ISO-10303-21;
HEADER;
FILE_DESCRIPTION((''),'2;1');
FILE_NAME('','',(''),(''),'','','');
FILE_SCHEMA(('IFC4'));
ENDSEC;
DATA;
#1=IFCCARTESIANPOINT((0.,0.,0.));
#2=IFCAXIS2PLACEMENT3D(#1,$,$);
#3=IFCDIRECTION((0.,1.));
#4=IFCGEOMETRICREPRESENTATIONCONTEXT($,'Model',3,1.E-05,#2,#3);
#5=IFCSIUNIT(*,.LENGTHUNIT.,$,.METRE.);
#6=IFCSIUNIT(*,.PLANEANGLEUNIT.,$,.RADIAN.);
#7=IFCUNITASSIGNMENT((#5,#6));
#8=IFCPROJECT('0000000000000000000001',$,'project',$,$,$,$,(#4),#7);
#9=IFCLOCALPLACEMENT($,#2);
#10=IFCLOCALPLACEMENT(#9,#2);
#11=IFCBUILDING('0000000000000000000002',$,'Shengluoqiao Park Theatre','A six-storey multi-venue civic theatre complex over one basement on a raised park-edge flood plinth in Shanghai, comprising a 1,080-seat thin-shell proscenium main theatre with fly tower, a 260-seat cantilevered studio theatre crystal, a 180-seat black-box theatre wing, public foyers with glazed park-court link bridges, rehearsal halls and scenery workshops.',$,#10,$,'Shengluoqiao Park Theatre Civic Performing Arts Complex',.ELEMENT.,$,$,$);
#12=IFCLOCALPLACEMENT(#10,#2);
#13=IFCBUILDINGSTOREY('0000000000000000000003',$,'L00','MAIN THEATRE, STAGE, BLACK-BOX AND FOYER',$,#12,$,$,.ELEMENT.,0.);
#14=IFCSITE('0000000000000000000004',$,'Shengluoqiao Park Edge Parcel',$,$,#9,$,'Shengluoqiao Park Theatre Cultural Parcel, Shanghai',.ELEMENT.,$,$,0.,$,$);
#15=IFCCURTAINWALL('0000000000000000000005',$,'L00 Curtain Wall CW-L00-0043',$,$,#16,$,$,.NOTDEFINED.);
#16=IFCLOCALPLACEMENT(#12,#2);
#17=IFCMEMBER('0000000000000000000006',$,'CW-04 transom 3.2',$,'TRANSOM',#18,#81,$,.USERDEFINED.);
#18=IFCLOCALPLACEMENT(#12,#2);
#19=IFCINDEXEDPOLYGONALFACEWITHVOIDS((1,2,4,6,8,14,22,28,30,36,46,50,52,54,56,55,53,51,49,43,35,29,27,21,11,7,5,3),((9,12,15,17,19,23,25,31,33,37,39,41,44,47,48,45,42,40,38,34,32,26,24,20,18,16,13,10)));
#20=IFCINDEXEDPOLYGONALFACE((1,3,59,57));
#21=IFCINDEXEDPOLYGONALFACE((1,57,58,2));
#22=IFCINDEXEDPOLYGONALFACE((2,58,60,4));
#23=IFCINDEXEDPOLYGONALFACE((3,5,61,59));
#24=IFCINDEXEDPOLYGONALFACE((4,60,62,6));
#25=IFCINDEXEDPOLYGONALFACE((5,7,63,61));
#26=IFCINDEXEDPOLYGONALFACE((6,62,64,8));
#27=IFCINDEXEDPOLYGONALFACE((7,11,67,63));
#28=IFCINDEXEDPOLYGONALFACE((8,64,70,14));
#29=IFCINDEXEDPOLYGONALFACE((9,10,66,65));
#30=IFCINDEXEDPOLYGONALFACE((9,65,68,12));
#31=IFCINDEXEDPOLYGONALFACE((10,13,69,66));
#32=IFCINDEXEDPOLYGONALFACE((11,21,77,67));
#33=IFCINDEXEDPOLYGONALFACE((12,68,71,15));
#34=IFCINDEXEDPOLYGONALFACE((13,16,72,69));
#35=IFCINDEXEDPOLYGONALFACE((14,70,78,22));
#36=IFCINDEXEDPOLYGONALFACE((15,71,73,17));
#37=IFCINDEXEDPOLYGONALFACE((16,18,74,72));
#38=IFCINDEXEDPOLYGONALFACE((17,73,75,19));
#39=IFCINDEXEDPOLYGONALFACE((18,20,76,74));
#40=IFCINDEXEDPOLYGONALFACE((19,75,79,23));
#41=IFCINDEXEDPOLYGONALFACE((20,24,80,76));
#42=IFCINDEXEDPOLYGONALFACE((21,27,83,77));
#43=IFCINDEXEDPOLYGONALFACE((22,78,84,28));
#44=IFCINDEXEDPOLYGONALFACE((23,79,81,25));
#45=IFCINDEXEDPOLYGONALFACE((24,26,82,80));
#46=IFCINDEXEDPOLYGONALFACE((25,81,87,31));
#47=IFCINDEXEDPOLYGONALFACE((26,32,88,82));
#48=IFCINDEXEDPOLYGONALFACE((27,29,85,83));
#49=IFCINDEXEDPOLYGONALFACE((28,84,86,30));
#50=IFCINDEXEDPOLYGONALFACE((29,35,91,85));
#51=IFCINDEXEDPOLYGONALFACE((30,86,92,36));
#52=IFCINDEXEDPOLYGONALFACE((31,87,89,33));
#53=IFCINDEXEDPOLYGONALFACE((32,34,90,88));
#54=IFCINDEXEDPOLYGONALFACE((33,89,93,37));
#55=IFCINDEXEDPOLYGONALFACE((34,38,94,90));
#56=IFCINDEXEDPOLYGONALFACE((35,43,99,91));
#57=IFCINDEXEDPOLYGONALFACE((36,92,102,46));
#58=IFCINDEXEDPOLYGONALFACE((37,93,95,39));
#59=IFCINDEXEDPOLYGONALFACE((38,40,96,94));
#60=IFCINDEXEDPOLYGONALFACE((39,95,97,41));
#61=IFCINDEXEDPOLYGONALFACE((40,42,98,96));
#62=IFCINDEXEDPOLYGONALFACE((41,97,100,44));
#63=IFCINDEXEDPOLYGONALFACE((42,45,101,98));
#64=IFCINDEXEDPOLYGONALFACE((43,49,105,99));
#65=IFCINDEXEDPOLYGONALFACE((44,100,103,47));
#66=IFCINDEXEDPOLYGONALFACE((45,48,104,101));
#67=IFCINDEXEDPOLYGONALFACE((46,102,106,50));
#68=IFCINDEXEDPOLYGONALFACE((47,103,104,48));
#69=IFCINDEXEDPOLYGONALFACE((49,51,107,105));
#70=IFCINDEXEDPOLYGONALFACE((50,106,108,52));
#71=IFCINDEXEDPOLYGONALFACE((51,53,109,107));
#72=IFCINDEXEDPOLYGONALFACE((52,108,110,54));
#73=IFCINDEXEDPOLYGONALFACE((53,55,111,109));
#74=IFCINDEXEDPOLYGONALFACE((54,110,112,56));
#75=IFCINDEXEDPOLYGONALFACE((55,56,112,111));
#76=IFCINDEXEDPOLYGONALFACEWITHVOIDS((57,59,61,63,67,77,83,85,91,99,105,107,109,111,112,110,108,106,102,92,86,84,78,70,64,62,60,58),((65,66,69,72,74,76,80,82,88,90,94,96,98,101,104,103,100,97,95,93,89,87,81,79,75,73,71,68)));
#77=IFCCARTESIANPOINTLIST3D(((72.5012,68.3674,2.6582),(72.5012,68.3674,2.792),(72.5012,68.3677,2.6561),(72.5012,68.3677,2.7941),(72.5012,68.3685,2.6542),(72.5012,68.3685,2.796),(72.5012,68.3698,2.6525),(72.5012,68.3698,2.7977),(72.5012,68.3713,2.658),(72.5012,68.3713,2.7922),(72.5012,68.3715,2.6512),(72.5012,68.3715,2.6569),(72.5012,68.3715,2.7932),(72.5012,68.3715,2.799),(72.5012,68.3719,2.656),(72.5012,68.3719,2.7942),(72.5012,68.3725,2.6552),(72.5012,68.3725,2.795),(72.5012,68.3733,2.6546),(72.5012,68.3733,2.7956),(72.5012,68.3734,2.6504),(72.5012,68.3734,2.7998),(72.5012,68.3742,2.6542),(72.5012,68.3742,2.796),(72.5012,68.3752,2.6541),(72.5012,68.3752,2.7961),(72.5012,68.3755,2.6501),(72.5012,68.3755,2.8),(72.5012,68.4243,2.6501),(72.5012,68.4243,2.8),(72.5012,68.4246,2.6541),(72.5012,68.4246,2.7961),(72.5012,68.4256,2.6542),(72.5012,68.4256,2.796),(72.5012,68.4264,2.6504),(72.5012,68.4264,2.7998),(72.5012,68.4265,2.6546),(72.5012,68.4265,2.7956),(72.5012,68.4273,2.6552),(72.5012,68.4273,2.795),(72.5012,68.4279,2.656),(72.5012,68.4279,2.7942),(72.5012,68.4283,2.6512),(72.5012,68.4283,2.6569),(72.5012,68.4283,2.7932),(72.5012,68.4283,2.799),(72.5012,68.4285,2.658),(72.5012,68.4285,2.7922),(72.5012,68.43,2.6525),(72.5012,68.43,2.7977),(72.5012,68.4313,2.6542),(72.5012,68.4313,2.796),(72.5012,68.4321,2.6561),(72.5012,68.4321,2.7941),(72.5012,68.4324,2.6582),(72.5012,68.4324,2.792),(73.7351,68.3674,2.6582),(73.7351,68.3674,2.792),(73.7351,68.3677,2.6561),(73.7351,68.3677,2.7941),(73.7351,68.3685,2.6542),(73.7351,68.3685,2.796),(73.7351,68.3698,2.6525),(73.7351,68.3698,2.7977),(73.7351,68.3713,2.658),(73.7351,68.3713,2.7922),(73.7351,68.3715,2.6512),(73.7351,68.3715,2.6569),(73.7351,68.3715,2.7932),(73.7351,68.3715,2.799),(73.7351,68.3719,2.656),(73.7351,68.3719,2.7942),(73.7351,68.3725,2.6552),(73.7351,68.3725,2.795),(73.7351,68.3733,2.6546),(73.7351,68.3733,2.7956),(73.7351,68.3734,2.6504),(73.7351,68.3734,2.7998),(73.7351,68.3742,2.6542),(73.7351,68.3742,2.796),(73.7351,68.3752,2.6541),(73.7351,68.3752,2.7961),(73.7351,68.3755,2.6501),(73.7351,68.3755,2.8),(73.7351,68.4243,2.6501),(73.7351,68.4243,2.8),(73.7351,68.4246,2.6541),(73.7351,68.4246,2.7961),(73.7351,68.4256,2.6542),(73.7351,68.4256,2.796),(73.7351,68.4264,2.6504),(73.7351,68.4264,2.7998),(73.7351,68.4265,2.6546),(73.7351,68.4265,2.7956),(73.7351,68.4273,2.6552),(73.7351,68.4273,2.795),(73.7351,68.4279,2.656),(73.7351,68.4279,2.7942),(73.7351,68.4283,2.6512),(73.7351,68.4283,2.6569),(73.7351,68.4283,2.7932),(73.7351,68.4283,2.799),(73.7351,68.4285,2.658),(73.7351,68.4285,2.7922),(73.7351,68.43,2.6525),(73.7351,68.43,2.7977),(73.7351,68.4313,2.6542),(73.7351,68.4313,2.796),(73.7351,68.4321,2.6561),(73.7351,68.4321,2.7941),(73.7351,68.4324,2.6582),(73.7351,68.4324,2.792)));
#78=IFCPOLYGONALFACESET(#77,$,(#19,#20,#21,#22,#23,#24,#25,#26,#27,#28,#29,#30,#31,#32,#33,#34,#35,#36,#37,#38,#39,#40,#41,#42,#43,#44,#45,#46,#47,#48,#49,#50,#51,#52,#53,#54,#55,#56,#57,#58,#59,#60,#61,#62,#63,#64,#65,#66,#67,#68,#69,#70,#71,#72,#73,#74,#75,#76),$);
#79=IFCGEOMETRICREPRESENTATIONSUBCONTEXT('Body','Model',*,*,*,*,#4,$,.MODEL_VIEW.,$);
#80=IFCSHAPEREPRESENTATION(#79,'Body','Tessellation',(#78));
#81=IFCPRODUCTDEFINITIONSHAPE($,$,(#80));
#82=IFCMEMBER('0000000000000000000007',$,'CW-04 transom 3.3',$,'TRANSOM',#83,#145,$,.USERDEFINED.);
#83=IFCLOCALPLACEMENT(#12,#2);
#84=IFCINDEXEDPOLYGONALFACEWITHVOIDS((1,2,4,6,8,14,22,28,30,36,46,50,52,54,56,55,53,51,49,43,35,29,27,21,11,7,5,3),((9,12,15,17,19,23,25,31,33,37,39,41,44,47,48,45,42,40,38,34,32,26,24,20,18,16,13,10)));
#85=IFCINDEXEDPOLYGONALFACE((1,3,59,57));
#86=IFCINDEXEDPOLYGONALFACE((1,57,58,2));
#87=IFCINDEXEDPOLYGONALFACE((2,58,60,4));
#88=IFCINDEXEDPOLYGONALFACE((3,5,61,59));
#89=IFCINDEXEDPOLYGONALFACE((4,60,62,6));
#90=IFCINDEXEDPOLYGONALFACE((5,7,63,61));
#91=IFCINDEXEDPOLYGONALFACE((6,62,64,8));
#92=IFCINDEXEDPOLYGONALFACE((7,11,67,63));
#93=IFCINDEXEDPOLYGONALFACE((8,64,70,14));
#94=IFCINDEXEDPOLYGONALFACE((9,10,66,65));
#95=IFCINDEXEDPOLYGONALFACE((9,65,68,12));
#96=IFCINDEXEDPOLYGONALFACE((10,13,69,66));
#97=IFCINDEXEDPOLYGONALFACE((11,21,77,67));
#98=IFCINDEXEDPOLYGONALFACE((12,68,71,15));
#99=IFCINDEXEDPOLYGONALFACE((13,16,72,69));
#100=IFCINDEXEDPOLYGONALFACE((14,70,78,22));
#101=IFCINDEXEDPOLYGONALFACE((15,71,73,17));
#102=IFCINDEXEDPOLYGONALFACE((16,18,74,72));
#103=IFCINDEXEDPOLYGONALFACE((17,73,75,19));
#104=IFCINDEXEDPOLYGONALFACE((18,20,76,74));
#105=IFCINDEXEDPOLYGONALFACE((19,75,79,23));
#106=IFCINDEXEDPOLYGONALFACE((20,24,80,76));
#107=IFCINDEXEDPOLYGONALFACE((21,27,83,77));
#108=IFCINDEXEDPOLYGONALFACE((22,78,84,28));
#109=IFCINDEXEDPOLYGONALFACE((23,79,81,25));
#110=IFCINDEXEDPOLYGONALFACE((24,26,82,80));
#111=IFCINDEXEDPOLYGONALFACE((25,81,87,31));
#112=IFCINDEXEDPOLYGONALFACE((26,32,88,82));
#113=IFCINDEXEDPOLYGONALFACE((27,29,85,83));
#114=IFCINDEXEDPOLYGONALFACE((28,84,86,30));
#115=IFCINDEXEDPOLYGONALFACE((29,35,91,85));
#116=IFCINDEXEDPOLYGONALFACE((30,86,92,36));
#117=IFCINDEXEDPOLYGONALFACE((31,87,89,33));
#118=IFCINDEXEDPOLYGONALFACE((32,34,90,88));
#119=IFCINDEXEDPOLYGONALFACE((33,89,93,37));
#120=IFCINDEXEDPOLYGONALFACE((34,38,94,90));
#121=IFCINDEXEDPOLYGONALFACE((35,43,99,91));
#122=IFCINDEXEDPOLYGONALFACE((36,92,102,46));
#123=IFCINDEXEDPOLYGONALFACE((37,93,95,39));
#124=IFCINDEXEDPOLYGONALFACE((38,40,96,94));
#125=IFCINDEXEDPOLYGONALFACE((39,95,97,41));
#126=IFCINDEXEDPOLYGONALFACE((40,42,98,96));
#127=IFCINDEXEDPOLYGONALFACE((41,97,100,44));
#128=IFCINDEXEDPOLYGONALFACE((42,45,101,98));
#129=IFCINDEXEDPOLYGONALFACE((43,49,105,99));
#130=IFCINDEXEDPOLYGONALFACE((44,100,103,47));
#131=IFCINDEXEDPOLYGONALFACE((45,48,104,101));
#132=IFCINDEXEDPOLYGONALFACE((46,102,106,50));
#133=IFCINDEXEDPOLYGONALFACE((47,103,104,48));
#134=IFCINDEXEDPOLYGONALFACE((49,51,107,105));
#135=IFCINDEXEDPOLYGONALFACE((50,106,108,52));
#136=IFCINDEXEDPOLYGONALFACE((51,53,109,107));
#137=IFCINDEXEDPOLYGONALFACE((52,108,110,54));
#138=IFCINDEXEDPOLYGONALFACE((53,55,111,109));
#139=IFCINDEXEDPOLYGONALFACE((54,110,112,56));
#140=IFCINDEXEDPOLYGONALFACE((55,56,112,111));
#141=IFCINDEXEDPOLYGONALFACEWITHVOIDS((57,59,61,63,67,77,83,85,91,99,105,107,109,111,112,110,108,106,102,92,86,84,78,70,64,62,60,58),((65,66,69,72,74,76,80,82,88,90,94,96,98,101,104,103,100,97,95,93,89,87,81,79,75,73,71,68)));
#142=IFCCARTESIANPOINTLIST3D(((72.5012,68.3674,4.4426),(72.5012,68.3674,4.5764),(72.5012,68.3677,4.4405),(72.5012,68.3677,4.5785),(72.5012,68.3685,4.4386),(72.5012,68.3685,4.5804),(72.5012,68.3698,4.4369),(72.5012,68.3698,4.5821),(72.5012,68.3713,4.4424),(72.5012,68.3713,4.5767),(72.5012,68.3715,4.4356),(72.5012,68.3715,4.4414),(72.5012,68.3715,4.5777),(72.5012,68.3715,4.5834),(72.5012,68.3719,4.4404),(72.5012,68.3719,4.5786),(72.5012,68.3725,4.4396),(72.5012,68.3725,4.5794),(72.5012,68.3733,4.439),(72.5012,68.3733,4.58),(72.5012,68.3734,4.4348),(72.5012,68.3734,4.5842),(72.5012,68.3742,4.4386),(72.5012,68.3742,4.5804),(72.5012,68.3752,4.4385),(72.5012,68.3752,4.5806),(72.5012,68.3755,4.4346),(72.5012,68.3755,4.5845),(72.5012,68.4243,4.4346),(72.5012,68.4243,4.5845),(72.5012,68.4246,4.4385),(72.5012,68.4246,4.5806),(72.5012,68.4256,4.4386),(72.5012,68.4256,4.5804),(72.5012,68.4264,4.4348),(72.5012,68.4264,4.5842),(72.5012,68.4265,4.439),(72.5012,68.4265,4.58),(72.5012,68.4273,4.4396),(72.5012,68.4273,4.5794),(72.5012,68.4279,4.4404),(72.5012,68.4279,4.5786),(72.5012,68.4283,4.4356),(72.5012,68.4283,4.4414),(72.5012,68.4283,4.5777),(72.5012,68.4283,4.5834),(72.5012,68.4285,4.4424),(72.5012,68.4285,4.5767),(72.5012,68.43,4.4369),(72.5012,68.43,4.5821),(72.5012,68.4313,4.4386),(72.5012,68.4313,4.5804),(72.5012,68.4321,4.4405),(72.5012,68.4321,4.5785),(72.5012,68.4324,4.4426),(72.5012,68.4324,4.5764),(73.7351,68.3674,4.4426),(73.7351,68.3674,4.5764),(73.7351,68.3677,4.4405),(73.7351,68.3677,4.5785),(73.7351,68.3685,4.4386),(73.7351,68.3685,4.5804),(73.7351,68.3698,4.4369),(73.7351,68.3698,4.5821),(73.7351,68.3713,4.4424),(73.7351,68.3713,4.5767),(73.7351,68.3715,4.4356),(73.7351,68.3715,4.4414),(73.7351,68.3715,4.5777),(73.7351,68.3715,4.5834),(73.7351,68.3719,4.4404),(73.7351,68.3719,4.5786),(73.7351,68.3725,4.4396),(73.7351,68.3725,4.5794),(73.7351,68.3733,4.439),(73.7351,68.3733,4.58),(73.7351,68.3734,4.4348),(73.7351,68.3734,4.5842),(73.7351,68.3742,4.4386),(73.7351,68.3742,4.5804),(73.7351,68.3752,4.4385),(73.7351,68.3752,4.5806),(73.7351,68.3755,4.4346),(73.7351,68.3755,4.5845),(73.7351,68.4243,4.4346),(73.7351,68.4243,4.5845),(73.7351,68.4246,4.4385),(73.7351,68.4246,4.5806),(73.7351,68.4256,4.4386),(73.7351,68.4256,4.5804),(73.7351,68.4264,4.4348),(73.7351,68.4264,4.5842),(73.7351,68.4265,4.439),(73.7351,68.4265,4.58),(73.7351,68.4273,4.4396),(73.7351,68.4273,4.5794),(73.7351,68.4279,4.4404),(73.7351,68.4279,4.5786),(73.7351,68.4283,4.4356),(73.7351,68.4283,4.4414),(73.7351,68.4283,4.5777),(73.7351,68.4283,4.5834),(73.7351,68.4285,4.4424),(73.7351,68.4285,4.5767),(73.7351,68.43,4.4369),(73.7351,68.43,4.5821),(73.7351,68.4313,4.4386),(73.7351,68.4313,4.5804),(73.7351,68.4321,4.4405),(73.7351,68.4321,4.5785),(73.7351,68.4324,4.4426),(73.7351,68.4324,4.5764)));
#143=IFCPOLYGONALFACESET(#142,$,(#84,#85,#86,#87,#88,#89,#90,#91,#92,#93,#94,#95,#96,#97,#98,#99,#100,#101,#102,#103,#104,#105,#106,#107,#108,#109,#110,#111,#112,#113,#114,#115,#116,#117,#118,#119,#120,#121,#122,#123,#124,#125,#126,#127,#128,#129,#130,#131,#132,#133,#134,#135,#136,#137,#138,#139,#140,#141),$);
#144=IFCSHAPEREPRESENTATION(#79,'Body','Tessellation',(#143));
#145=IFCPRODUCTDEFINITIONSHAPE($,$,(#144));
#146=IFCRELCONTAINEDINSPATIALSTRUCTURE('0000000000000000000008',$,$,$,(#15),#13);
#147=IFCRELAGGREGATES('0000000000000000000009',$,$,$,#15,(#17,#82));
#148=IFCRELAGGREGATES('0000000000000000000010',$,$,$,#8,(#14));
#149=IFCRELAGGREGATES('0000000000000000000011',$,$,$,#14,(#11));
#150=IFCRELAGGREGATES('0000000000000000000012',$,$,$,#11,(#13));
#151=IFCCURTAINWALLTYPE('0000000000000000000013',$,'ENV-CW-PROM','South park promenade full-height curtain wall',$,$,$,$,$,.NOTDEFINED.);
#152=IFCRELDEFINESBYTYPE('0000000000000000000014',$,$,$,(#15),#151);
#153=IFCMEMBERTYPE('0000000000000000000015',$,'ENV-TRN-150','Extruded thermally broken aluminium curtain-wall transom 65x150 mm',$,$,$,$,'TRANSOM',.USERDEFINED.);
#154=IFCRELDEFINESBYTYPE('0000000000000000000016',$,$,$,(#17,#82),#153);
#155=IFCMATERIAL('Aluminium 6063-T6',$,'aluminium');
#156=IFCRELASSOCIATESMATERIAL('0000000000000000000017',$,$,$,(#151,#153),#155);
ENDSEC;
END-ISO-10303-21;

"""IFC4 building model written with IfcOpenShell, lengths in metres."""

from ifc_helpers import new_model, si_unit, direction, frame, origin, origin_2d, place, context, subcontext, project, spatial, hollow_rectangle, extrude, material, material_profile, profile_set, type_object, element, aggregate, save


model = new_model("IFC4")

# Units and contexts
model_context = context("Model", 3, precision=1e-05, world=origin(), true_north=direction((0.0, 1.0)))
body_context = subcontext(model_context, "Body", "Model", "MODEL_VIEW")
ifc_project = project(units=[si_unit("LENGTHUNIT", "METRE"), si_unit("PLANEANGLEUNIT", "RADIAN")], contexts=[model_context])

# Site, building, storey
site_placement = place(None, origin())
site = spatial("IfcSite", under=ifc_project, at=site_placement, Name="Shengluoqiao Park Edge Parcel", LongName="Shengluoqiao Park Theatre Cultural Parcel, Shanghai", CompositionType="ELEMENT", RefElevation=0.0)
building_placement = place(site_placement, origin())
building = spatial("IfcBuilding", under=site, at=building_placement, Name="Shengluoqiao Park Theatre", Description="A six-storey multi-venue civic theatre complex over one basement on a raised park-edge flood plinth in Shanghai, comprising a 1,080-seat thin-shell proscenium main theatre with fly tower, a 260-seat cantilevered studio theatre crystal, a 180-seat black-box theatre wing, public foyers with glazed park-court link bridges, rehearsal halls and scenery workshops.", LongName="Shengluoqiao Park Theatre Civic Performing Arts Complex", CompositionType="ELEMENT")
storey_placement = place(building_placement, origin())
storey = spatial("IfcBuildingStorey", under=building, at=storey_placement, Name="L00", Description="MAIN THEATRE, STAGE, BLACK-BOX AND FOYER", CompositionType="ELEMENT", Elevation=0.0)

# Curtain wall
ifc_material_1 = material(Name="Aluminium 6063-T6", Category="aluminium")
curtain_wall_type = type_object("IfcCurtainWallType", Name="ENV-CW-PROM", Description="South park promenade full-height curtain wall", PredefinedType="NOTDEFINED", material=ifc_material_1)
curtain_wall_1_placement = place(storey_placement, origin())
curtain_wall_1 = element("IfcCurtainWall", 1, at=curtain_wall_1_placement, inside=storey, type_object=curtain_wall_type, Name="L00 Curtain Wall CW-L00-0043", PredefinedType="NOTDEFINED")

# Members
ifc_material_profile_1 = material_profile(ifc_material_1, hollow_rectangle(XDim=0.0649, YDim=0.1499, WallThickness=0.0039, InnerFilletRadius=0.0039, OuterFilletRadius=0.0081, at=origin_2d()), Name="ALU TRANSOM 150x65x4")
ifc_profile_set_1 = profile_set([ifc_material_profile_1], Name="Aluminium 6063-T6")
member_type_1 = type_object("IfcMemberType", Name="ENV-TRN-150", Description="Extruded thermally broken aluminium curtain-wall transom 65x150 mm", ElementType="TRANSOM", PredefinedType="USERDEFINED", material=ifc_profile_set_1)
member_1_placement = place(storey_placement, frame((72.5012, 68.3999, 2.7251), z_axis=(1.0, 0.0, 0.0), x_axis=(0.0, 1.0, 0.0)))
member_1 = element("IfcMember", 2, at=member_1_placement, type_object=member_type_1, Name="CW-04 transom 3.2", ObjectType="TRANSOM", PredefinedType="USERDEFINED", context=body_context, shape_type="SweptSolid", body=[
    extrude(hollow_rectangle(XDim=0.0649, YDim=0.1499, WallThickness=0.0039, InnerFilletRadius=0.0039, OuterFilletRadius=0.0081, at=origin_2d()), origin(), (0.0, 0.0, 1.0), 1.2339),
])
member_2_placement = place(storey_placement, frame((72.5012, 68.3999, 4.5095), z_axis=(1.0, 0.0, 0.0), x_axis=(0.0, 1.0, 0.0)))
member_2 = element("IfcMember", 3, at=member_2_placement, type_object=member_type_1, Name="CW-04 transom 3.3", ObjectType="TRANSOM", PredefinedType="USERDEFINED", context=body_context, shape_type="SweptSolid", body=[
    extrude(hollow_rectangle(XDim=0.0649, YDim=0.1499, WallThickness=0.0039, InnerFilletRadius=0.0039, OuterFilletRadius=0.0081, at=origin_2d()), origin(), (0.0, 0.0, 1.0), 1.2339),
])

aggregate(curtain_wall_1, [member_1, member_2])

save(model, "model.ifc")
